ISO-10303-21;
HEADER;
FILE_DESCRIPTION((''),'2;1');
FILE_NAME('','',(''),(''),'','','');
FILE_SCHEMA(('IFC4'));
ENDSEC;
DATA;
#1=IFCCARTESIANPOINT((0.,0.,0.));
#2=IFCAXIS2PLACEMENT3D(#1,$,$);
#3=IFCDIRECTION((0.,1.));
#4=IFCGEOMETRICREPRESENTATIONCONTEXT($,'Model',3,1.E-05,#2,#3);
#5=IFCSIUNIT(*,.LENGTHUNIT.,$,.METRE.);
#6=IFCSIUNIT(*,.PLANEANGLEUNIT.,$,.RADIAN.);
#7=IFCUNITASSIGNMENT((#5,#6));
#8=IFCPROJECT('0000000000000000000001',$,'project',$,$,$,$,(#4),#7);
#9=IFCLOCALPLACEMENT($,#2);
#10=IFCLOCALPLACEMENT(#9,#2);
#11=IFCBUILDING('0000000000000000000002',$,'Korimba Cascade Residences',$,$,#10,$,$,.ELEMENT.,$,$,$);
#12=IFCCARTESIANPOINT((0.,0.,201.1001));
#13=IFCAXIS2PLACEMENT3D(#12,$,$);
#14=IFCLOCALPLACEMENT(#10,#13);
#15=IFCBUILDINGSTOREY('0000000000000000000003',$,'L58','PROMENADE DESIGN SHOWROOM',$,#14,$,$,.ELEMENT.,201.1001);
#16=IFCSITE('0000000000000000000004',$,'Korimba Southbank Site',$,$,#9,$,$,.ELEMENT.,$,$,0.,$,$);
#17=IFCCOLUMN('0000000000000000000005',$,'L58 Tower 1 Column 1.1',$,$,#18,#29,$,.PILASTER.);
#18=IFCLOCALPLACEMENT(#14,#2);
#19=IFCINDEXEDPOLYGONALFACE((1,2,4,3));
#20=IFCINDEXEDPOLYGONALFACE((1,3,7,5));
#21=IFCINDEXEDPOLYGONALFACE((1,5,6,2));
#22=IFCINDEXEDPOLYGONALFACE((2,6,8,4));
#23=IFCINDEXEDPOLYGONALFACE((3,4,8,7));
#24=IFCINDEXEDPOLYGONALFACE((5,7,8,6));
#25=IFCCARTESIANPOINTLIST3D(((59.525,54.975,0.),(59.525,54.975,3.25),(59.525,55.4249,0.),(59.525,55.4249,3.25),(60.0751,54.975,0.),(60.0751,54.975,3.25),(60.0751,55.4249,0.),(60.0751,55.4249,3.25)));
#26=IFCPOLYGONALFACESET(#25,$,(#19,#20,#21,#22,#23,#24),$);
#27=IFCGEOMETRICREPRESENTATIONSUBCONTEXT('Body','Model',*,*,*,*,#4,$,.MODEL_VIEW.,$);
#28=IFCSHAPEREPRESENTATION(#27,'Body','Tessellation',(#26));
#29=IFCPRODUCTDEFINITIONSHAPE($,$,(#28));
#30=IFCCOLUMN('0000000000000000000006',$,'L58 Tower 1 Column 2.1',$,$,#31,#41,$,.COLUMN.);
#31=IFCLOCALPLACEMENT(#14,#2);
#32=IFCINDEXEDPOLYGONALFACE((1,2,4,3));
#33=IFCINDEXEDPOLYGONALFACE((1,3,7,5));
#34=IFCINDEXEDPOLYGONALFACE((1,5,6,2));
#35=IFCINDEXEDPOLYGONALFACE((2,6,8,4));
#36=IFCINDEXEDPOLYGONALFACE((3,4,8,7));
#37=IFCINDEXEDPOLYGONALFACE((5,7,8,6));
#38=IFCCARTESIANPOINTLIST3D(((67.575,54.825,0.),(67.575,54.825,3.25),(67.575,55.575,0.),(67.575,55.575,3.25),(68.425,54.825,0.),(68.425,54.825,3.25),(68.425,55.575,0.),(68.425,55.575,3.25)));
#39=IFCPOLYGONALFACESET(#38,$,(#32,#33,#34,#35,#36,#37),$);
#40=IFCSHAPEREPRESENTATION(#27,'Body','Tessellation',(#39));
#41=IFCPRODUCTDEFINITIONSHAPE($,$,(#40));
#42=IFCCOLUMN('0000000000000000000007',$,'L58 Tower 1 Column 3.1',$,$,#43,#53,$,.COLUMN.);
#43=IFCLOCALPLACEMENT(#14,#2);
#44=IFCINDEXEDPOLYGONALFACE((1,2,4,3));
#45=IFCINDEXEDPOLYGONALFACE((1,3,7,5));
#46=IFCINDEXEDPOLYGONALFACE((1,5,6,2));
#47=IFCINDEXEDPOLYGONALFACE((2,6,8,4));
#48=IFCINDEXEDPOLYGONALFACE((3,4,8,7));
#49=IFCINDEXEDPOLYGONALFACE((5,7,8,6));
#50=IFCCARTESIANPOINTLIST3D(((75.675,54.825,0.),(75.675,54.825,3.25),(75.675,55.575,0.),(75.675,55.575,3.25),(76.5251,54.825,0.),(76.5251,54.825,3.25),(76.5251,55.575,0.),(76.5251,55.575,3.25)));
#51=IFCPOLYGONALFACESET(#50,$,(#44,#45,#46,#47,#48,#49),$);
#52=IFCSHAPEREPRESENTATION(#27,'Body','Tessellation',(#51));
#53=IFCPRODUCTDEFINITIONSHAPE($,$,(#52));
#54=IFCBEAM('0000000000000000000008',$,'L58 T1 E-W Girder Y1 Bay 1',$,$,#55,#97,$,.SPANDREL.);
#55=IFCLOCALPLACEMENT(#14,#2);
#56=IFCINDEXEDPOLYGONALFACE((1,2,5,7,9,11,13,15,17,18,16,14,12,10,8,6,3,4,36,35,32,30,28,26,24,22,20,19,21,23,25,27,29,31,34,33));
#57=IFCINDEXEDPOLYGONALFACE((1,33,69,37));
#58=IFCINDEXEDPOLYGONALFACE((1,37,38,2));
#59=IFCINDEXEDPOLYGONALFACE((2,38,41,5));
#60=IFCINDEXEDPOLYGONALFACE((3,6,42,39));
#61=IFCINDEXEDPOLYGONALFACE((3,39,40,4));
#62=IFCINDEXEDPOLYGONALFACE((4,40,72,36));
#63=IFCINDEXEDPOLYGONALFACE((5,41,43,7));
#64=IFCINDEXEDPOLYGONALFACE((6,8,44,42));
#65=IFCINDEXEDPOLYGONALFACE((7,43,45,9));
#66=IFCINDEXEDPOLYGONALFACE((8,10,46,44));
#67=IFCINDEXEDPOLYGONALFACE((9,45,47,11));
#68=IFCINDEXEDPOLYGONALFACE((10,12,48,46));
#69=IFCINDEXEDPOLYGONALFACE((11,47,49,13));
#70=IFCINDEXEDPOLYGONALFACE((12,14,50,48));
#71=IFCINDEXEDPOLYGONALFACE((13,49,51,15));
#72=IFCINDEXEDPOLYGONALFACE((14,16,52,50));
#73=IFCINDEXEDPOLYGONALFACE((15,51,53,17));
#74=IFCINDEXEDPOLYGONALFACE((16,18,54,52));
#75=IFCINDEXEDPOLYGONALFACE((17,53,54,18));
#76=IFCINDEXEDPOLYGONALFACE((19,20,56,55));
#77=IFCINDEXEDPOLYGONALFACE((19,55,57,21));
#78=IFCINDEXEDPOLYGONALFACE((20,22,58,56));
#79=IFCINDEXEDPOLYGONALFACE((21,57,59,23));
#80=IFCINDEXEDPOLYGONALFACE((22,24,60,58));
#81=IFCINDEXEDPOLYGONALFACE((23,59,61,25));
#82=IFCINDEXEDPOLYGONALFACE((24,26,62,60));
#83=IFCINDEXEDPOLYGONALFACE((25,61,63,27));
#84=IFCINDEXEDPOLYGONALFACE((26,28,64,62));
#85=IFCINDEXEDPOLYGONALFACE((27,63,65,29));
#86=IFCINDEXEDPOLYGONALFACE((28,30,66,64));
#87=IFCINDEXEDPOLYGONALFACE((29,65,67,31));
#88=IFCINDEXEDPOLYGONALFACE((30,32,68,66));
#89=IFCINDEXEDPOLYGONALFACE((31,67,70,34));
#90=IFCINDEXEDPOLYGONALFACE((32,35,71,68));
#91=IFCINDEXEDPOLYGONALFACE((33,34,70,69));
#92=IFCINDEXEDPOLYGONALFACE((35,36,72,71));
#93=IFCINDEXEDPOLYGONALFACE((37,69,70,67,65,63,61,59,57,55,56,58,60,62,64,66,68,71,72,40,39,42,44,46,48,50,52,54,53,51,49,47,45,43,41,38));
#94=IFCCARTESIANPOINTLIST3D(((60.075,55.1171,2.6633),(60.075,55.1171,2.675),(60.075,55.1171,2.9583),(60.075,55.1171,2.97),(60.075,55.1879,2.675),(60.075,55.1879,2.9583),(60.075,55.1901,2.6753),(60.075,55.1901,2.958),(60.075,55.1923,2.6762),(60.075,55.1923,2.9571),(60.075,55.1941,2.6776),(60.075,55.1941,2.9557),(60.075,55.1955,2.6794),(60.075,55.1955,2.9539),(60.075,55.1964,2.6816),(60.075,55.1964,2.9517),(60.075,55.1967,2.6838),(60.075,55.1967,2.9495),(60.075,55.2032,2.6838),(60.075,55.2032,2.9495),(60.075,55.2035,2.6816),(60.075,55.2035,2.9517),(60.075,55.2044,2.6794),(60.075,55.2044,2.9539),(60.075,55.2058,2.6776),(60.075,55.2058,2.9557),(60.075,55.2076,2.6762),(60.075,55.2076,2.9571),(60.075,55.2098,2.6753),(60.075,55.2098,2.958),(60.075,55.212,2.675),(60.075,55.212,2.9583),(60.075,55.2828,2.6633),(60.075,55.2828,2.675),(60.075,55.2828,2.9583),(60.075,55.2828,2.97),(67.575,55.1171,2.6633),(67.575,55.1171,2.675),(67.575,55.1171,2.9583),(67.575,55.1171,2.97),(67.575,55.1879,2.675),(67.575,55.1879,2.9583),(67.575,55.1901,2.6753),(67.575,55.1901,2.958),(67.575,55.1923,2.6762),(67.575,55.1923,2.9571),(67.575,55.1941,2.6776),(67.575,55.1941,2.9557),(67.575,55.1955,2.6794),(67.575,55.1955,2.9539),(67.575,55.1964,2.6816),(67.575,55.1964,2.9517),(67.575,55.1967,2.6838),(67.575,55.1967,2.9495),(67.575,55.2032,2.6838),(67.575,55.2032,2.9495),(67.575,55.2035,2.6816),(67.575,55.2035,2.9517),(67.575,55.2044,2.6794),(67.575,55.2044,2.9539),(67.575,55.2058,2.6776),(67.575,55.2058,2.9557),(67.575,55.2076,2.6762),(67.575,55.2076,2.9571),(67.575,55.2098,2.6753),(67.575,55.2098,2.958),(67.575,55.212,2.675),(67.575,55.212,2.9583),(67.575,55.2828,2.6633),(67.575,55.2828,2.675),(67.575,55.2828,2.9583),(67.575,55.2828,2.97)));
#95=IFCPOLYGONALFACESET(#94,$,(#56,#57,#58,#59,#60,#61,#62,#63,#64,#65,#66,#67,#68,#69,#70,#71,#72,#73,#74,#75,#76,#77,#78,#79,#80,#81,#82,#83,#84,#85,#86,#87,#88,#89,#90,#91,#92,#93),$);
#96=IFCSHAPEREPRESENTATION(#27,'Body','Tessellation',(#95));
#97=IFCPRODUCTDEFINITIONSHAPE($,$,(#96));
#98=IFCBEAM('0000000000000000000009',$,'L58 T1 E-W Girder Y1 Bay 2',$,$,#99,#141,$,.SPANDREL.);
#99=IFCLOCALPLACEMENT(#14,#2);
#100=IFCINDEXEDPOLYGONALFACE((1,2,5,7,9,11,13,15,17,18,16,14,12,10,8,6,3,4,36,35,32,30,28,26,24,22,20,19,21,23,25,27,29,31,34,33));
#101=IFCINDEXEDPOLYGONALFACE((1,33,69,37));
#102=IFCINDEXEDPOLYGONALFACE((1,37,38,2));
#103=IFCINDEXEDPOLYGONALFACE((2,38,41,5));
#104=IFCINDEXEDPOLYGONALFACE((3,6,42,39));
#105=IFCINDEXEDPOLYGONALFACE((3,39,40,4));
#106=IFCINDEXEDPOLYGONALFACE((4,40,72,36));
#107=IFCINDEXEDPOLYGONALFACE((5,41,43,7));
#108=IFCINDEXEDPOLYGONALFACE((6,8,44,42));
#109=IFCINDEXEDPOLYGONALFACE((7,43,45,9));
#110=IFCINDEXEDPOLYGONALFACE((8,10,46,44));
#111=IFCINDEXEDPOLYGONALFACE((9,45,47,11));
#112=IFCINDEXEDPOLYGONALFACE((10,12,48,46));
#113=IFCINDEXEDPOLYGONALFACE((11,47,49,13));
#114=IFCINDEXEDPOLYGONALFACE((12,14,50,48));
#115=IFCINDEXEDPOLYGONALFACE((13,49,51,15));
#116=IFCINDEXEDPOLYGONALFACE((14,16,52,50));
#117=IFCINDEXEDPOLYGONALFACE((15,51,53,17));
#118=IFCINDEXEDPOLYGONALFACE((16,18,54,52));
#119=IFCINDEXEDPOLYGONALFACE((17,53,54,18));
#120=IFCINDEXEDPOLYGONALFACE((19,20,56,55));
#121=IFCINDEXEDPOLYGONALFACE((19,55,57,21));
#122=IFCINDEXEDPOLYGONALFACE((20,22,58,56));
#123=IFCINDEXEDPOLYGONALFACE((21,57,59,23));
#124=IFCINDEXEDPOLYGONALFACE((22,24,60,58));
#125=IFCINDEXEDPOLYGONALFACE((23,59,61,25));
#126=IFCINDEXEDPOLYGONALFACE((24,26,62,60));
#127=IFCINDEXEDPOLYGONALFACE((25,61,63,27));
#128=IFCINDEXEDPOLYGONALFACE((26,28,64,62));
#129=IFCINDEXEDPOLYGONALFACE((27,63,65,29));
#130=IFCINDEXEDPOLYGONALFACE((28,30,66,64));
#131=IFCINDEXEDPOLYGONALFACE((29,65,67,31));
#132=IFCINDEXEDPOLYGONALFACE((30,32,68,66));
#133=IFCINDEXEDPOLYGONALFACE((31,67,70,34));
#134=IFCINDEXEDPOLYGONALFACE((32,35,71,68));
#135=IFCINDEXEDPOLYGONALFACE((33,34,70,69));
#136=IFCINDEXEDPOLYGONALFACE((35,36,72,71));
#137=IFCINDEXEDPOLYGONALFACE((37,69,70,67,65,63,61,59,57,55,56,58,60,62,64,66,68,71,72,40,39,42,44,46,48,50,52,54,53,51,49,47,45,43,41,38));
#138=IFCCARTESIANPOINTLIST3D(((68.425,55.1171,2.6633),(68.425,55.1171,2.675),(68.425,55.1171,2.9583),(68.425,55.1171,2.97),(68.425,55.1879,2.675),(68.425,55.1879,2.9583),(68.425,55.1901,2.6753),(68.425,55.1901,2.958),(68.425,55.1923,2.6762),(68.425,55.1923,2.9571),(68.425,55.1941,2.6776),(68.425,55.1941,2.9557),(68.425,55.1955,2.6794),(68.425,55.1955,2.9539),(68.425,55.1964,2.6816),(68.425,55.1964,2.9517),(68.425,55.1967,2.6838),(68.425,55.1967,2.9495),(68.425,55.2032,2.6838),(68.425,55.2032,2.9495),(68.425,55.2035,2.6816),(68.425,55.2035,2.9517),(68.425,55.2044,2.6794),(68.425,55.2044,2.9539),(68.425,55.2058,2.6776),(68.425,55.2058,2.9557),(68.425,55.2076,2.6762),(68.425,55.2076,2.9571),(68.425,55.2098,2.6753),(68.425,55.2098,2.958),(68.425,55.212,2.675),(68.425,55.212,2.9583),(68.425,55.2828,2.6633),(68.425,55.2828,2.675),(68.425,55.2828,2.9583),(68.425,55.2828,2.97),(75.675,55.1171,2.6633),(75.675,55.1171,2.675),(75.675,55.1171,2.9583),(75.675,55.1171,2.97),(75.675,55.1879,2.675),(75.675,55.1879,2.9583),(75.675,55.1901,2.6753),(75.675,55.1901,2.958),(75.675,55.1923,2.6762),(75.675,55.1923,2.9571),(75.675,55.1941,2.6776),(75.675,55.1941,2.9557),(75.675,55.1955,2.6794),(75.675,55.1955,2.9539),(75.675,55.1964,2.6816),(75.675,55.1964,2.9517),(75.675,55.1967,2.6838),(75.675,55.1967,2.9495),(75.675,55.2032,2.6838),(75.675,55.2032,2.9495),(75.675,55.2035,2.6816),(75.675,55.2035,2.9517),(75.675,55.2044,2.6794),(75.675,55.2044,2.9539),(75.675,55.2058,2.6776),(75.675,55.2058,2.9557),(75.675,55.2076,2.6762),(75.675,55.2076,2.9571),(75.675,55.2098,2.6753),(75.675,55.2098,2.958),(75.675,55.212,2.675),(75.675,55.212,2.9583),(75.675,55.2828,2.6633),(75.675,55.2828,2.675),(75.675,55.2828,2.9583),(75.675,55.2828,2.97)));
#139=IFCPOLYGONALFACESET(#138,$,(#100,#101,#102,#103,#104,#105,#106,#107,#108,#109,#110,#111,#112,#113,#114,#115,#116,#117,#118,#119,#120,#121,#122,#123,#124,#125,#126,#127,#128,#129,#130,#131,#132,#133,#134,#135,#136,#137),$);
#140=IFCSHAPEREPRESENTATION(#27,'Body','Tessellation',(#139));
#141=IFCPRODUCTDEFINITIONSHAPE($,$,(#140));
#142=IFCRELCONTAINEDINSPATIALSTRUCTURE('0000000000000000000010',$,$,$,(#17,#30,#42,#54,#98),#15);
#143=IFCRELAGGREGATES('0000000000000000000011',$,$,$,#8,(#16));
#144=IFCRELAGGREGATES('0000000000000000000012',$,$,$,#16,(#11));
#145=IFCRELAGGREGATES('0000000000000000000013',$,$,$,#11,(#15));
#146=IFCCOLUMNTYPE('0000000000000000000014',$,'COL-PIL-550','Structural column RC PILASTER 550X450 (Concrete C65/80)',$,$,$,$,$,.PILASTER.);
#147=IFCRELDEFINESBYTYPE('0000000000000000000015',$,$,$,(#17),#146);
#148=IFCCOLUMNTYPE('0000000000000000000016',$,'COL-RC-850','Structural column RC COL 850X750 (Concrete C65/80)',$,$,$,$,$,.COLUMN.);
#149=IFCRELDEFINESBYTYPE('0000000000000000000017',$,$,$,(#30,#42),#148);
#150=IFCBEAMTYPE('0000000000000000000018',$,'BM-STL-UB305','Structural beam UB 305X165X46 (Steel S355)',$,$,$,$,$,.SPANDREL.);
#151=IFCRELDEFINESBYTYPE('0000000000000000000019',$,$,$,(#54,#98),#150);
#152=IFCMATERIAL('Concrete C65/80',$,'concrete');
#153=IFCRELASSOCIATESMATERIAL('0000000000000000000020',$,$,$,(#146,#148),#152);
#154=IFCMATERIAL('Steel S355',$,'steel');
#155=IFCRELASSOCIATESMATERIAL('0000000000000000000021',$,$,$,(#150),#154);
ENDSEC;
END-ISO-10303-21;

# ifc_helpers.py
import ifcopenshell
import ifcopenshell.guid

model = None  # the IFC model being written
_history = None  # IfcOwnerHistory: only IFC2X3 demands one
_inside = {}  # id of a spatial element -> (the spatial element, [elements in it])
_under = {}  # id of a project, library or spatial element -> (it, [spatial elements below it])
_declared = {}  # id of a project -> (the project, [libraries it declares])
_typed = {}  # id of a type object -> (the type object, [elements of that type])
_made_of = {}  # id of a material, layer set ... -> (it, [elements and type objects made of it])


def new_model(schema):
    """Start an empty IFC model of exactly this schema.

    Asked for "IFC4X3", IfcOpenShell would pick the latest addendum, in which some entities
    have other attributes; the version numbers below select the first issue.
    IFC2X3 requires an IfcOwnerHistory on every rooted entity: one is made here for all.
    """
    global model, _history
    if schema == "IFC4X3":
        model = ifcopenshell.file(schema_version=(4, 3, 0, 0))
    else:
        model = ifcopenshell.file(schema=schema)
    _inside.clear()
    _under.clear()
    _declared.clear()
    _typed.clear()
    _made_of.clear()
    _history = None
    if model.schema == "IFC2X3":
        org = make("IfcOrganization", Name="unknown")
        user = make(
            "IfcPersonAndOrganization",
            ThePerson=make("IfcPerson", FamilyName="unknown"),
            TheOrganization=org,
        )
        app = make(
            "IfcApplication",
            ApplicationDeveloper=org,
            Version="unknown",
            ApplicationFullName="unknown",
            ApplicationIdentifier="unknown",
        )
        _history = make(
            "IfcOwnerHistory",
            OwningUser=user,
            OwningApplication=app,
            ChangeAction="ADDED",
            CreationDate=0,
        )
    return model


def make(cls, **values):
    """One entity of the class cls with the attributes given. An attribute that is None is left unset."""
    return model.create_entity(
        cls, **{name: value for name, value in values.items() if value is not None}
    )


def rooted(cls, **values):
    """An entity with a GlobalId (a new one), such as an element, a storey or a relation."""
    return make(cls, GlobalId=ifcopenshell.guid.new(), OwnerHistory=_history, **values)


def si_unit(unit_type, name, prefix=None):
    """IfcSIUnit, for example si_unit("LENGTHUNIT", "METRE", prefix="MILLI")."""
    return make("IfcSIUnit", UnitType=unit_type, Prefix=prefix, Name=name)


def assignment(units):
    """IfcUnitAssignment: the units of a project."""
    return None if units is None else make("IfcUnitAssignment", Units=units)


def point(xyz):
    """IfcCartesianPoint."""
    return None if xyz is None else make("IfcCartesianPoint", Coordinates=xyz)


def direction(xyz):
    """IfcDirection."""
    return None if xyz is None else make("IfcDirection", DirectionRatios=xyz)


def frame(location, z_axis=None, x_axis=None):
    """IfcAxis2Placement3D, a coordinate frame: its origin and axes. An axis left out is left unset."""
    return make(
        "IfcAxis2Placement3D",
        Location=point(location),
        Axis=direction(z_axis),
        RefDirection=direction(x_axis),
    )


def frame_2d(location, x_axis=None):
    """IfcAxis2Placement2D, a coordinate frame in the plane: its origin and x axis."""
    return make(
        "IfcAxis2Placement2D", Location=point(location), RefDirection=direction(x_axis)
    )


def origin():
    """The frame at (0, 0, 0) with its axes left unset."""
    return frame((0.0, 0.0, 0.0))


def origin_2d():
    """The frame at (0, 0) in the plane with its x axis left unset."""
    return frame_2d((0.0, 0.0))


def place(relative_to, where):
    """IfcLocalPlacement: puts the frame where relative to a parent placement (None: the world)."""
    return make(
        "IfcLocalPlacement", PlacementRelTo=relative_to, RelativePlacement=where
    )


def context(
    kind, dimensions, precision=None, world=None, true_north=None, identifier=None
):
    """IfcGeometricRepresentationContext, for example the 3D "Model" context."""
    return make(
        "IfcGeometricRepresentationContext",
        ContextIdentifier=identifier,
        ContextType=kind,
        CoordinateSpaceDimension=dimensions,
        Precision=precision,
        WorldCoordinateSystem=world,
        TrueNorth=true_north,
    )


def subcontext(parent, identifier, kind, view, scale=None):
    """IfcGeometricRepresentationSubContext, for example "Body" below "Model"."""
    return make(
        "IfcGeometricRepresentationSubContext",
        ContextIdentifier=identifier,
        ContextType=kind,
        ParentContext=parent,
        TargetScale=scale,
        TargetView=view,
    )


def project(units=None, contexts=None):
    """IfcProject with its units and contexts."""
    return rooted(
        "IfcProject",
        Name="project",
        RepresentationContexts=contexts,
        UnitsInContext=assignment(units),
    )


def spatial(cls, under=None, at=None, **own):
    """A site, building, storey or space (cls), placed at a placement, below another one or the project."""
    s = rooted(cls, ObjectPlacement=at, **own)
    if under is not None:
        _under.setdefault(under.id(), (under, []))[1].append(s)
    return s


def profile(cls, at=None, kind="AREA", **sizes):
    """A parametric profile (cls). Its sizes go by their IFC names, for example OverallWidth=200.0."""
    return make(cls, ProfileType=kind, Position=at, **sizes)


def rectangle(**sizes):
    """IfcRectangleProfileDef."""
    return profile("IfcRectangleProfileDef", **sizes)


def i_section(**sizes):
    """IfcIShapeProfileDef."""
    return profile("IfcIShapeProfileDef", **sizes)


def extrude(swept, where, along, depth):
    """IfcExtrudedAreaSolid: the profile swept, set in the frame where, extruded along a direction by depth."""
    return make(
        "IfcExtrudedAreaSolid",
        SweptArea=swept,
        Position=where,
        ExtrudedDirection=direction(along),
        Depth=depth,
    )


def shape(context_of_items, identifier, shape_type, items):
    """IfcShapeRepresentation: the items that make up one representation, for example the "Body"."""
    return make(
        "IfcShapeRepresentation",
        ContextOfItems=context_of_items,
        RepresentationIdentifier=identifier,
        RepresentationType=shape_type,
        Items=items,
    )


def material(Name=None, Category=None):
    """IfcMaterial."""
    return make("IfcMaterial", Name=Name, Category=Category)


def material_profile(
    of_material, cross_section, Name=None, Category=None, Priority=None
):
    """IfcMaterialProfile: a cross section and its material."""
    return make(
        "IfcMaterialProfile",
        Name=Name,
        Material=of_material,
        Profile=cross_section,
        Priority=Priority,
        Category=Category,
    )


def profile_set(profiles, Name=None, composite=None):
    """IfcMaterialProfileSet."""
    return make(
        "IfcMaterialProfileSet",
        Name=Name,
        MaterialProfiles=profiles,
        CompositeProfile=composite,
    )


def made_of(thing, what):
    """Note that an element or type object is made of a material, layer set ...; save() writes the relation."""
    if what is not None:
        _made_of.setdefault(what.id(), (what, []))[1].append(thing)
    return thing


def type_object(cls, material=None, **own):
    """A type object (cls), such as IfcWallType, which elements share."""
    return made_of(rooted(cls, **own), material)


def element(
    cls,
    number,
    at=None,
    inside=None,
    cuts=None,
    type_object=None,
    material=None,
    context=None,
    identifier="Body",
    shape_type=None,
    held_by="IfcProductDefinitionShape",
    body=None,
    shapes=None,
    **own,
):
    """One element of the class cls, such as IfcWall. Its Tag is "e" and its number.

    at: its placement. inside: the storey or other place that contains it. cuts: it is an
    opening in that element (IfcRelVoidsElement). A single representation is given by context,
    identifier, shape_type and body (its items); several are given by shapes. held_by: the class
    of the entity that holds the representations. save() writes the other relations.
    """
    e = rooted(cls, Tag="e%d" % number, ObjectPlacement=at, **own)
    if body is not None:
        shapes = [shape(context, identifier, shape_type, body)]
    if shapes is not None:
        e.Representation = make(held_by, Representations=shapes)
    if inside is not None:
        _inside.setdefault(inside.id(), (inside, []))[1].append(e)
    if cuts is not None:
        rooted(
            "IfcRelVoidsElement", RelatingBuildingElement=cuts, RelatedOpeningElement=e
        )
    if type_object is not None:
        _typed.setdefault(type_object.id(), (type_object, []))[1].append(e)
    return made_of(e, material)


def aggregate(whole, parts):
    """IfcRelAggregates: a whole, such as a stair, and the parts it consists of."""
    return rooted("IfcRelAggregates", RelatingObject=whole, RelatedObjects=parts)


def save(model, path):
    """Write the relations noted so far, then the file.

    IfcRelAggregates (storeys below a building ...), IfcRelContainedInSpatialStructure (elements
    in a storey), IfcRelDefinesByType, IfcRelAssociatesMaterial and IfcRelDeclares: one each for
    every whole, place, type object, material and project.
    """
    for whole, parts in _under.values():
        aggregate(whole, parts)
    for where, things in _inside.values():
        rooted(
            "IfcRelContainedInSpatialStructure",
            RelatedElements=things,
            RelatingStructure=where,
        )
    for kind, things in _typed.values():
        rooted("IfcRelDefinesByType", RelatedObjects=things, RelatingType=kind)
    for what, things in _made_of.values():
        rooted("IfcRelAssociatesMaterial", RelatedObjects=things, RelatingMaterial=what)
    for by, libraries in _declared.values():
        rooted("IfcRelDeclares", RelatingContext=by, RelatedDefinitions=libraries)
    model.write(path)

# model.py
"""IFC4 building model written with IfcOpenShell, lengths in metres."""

from ifc_helpers import new_model, si_unit, direction, frame, origin, origin_2d, place, context, subcontext, project, spatial, rectangle, i_section, extrude, material, material_profile, profile_set, type_object, element, save


model = new_model("IFC4")

# Units and contexts
model_context = context("Model", 3, precision=1e-05, world=origin(), true_north=direction((0.0, 1.0)))
body_context = subcontext(model_context, "Body", "Model", "MODEL_VIEW")
ifc_project = project(units=[si_unit("LENGTHUNIT", "METRE"), si_unit("PLANEANGLEUNIT", "RADIAN")], contexts=[model_context])

# Site, building, storey
site_placement = place(None, origin())
site = spatial("IfcSite", under=ifc_project, at=site_placement, Name="Korimba Southbank Site", CompositionType="ELEMENT", RefElevation=0.0)
building_placement = place(site_placement, origin())
building = spatial("IfcBuilding", under=site, at=building_placement, Name="Korimba Cascade Residences", CompositionType="ELEMENT")
storey_placement = place(building_placement, frame((0.0, 0.0, 201.1001)))
storey = spatial("IfcBuildingStorey", under=building, at=storey_placement, Name="L58", Description="PROMENADE DESIGN SHOWROOM", CompositionType="ELEMENT", Elevation=201.1001)

# Columns
ifc_material_1 = material(Name="Concrete C65/80", Category="concrete")
ifc_material_profile_1 = material_profile(ifc_material_1, rectangle(XDim=0.55, YDim=0.45, at=origin_2d()), Name="Concrete C65/80")
ifc_profile_set_1 = profile_set([ifc_material_profile_1], Name="Concrete C65/80")
column_type_1 = type_object("IfcColumnType", Name="COL-PIL-550", Description="Structural column RC PILASTER 550X450 (Concrete C65/80)", PredefinedType="PILASTER", material=ifc_profile_set_1)
column_placement = place(storey_placement, frame((59.8, 55.2, 0.0), z_axis=(0.0, 0.0, 1.0), x_axis=(1.0, 0.0, 0.0)))
element("IfcColumn", 1, at=column_placement, inside=storey, type_object=column_type_1, Name="L58 Tower 1 Column 1.1", PredefinedType="PILASTER", context=body_context, shape_type="SweptSolid", body=[
    extrude(rectangle(XDim=0.55, YDim=0.45, at=origin_2d()), origin(), (0.0, 0.0, 1.0), 3.25),
])
ifc_material_profile_2 = material_profile(ifc_material_1, rectangle(XDim=0.8501, YDim=0.75, at=origin_2d()), Name="Concrete C65/80")
ifc_profile_set_2 = profile_set([ifc_material_profile_2], Name="Concrete C65/80")
column_type_2 = type_object("IfcColumnType", Name="COL-RC-850", Description="Structural column RC COL 850X750 (Concrete C65/80)", PredefinedType="COLUMN", material=ifc_profile_set_2)
for number, where, z_axis, x_axis, name in (
    (2, (68.0, 55.2, 0.0), (0.0, 0.0, 1.0), (1.0, 0.0, 0.0), "L58 Tower 1 Column 2.1"),
    (3, (76.1001, 55.2, 0.0), (0.0, 0.0, 1.0), (1.0, 0.0, 0.0), "L58 Tower 1 Column 3.1"),
):
    element("IfcColumn", number, at=place(storey_placement, frame(where, z_axis=z_axis, x_axis=x_axis)), inside=storey, type_object=column_type_2, Name=name, PredefinedType="COLUMN", context=body_context, shape_type="SweptSolid", body=[
        extrude(rectangle(XDim=0.8501, YDim=0.75, at=origin_2d()), origin(), (0.0, 0.0, 1.0), 3.25),
    ])

# Beams
ifc_material_2 = material(Name="Steel S355", Category="steel")
ifc_material_profile_3 = material_profile(ifc_material_2, i_section(OverallWidth=0.1658, OverallDepth=0.3066, WebThickness=0.0066, FlangeThickness=0.0117, FilletRadius=0.0088, at=origin_2d()), Name="Steel S355")
ifc_profile_set_3 = profile_set([ifc_material_profile_3], Name="Steel S355")
beam_type = type_object("IfcBeamType", Name="BM-STL-UB305", Description="Structural beam UB 305X165X46 (Steel S355)", PredefinedType="SPANDREL", material=ifc_profile_set_3)
beam_1_placement = place(storey_placement, frame((60.075, 55.2, 2.8167), z_axis=(1.0, 0.0, 0.0), x_axis=(0.0, 1.0, 0.0)))
element("IfcBeam", 4, at=beam_1_placement, inside=storey, type_object=beam_type, Name="L58 T1 E-W Girder Y1 Bay 1", PredefinedType="SPANDREL", context=body_context, shape_type="SweptSolid", body=[
    extrude(i_section(OverallWidth=0.1658, OverallDepth=0.3066, WebThickness=0.0066, FlangeThickness=0.0117, FilletRadius=0.0088, at=origin_2d()), origin(), (0.0, 0.0, 1.0), 7.5),
])
beam_2_placement = place(storey_placement, frame((68.425, 55.2, 2.8167), z_axis=(1.0, 0.0, 0.0), x_axis=(0.0, 1.0, 0.0)))
element("IfcBeam", 5, at=beam_2_placement, inside=storey, type_object=beam_type, Name="L58 T1 E-W Girder Y1 Bay 2", PredefinedType="SPANDREL", context=body_context, shape_type="SweptSolid", body=[
    extrude(i_section(OverallWidth=0.1658, OverallDepth=0.3066, WebThickness=0.0066, FlangeThickness=0.0117, FilletRadius=0.0088, at=origin_2d()), origin(), (0.0, 0.0, 1.0), 7.25),
])

save(model, "model.ifc")
